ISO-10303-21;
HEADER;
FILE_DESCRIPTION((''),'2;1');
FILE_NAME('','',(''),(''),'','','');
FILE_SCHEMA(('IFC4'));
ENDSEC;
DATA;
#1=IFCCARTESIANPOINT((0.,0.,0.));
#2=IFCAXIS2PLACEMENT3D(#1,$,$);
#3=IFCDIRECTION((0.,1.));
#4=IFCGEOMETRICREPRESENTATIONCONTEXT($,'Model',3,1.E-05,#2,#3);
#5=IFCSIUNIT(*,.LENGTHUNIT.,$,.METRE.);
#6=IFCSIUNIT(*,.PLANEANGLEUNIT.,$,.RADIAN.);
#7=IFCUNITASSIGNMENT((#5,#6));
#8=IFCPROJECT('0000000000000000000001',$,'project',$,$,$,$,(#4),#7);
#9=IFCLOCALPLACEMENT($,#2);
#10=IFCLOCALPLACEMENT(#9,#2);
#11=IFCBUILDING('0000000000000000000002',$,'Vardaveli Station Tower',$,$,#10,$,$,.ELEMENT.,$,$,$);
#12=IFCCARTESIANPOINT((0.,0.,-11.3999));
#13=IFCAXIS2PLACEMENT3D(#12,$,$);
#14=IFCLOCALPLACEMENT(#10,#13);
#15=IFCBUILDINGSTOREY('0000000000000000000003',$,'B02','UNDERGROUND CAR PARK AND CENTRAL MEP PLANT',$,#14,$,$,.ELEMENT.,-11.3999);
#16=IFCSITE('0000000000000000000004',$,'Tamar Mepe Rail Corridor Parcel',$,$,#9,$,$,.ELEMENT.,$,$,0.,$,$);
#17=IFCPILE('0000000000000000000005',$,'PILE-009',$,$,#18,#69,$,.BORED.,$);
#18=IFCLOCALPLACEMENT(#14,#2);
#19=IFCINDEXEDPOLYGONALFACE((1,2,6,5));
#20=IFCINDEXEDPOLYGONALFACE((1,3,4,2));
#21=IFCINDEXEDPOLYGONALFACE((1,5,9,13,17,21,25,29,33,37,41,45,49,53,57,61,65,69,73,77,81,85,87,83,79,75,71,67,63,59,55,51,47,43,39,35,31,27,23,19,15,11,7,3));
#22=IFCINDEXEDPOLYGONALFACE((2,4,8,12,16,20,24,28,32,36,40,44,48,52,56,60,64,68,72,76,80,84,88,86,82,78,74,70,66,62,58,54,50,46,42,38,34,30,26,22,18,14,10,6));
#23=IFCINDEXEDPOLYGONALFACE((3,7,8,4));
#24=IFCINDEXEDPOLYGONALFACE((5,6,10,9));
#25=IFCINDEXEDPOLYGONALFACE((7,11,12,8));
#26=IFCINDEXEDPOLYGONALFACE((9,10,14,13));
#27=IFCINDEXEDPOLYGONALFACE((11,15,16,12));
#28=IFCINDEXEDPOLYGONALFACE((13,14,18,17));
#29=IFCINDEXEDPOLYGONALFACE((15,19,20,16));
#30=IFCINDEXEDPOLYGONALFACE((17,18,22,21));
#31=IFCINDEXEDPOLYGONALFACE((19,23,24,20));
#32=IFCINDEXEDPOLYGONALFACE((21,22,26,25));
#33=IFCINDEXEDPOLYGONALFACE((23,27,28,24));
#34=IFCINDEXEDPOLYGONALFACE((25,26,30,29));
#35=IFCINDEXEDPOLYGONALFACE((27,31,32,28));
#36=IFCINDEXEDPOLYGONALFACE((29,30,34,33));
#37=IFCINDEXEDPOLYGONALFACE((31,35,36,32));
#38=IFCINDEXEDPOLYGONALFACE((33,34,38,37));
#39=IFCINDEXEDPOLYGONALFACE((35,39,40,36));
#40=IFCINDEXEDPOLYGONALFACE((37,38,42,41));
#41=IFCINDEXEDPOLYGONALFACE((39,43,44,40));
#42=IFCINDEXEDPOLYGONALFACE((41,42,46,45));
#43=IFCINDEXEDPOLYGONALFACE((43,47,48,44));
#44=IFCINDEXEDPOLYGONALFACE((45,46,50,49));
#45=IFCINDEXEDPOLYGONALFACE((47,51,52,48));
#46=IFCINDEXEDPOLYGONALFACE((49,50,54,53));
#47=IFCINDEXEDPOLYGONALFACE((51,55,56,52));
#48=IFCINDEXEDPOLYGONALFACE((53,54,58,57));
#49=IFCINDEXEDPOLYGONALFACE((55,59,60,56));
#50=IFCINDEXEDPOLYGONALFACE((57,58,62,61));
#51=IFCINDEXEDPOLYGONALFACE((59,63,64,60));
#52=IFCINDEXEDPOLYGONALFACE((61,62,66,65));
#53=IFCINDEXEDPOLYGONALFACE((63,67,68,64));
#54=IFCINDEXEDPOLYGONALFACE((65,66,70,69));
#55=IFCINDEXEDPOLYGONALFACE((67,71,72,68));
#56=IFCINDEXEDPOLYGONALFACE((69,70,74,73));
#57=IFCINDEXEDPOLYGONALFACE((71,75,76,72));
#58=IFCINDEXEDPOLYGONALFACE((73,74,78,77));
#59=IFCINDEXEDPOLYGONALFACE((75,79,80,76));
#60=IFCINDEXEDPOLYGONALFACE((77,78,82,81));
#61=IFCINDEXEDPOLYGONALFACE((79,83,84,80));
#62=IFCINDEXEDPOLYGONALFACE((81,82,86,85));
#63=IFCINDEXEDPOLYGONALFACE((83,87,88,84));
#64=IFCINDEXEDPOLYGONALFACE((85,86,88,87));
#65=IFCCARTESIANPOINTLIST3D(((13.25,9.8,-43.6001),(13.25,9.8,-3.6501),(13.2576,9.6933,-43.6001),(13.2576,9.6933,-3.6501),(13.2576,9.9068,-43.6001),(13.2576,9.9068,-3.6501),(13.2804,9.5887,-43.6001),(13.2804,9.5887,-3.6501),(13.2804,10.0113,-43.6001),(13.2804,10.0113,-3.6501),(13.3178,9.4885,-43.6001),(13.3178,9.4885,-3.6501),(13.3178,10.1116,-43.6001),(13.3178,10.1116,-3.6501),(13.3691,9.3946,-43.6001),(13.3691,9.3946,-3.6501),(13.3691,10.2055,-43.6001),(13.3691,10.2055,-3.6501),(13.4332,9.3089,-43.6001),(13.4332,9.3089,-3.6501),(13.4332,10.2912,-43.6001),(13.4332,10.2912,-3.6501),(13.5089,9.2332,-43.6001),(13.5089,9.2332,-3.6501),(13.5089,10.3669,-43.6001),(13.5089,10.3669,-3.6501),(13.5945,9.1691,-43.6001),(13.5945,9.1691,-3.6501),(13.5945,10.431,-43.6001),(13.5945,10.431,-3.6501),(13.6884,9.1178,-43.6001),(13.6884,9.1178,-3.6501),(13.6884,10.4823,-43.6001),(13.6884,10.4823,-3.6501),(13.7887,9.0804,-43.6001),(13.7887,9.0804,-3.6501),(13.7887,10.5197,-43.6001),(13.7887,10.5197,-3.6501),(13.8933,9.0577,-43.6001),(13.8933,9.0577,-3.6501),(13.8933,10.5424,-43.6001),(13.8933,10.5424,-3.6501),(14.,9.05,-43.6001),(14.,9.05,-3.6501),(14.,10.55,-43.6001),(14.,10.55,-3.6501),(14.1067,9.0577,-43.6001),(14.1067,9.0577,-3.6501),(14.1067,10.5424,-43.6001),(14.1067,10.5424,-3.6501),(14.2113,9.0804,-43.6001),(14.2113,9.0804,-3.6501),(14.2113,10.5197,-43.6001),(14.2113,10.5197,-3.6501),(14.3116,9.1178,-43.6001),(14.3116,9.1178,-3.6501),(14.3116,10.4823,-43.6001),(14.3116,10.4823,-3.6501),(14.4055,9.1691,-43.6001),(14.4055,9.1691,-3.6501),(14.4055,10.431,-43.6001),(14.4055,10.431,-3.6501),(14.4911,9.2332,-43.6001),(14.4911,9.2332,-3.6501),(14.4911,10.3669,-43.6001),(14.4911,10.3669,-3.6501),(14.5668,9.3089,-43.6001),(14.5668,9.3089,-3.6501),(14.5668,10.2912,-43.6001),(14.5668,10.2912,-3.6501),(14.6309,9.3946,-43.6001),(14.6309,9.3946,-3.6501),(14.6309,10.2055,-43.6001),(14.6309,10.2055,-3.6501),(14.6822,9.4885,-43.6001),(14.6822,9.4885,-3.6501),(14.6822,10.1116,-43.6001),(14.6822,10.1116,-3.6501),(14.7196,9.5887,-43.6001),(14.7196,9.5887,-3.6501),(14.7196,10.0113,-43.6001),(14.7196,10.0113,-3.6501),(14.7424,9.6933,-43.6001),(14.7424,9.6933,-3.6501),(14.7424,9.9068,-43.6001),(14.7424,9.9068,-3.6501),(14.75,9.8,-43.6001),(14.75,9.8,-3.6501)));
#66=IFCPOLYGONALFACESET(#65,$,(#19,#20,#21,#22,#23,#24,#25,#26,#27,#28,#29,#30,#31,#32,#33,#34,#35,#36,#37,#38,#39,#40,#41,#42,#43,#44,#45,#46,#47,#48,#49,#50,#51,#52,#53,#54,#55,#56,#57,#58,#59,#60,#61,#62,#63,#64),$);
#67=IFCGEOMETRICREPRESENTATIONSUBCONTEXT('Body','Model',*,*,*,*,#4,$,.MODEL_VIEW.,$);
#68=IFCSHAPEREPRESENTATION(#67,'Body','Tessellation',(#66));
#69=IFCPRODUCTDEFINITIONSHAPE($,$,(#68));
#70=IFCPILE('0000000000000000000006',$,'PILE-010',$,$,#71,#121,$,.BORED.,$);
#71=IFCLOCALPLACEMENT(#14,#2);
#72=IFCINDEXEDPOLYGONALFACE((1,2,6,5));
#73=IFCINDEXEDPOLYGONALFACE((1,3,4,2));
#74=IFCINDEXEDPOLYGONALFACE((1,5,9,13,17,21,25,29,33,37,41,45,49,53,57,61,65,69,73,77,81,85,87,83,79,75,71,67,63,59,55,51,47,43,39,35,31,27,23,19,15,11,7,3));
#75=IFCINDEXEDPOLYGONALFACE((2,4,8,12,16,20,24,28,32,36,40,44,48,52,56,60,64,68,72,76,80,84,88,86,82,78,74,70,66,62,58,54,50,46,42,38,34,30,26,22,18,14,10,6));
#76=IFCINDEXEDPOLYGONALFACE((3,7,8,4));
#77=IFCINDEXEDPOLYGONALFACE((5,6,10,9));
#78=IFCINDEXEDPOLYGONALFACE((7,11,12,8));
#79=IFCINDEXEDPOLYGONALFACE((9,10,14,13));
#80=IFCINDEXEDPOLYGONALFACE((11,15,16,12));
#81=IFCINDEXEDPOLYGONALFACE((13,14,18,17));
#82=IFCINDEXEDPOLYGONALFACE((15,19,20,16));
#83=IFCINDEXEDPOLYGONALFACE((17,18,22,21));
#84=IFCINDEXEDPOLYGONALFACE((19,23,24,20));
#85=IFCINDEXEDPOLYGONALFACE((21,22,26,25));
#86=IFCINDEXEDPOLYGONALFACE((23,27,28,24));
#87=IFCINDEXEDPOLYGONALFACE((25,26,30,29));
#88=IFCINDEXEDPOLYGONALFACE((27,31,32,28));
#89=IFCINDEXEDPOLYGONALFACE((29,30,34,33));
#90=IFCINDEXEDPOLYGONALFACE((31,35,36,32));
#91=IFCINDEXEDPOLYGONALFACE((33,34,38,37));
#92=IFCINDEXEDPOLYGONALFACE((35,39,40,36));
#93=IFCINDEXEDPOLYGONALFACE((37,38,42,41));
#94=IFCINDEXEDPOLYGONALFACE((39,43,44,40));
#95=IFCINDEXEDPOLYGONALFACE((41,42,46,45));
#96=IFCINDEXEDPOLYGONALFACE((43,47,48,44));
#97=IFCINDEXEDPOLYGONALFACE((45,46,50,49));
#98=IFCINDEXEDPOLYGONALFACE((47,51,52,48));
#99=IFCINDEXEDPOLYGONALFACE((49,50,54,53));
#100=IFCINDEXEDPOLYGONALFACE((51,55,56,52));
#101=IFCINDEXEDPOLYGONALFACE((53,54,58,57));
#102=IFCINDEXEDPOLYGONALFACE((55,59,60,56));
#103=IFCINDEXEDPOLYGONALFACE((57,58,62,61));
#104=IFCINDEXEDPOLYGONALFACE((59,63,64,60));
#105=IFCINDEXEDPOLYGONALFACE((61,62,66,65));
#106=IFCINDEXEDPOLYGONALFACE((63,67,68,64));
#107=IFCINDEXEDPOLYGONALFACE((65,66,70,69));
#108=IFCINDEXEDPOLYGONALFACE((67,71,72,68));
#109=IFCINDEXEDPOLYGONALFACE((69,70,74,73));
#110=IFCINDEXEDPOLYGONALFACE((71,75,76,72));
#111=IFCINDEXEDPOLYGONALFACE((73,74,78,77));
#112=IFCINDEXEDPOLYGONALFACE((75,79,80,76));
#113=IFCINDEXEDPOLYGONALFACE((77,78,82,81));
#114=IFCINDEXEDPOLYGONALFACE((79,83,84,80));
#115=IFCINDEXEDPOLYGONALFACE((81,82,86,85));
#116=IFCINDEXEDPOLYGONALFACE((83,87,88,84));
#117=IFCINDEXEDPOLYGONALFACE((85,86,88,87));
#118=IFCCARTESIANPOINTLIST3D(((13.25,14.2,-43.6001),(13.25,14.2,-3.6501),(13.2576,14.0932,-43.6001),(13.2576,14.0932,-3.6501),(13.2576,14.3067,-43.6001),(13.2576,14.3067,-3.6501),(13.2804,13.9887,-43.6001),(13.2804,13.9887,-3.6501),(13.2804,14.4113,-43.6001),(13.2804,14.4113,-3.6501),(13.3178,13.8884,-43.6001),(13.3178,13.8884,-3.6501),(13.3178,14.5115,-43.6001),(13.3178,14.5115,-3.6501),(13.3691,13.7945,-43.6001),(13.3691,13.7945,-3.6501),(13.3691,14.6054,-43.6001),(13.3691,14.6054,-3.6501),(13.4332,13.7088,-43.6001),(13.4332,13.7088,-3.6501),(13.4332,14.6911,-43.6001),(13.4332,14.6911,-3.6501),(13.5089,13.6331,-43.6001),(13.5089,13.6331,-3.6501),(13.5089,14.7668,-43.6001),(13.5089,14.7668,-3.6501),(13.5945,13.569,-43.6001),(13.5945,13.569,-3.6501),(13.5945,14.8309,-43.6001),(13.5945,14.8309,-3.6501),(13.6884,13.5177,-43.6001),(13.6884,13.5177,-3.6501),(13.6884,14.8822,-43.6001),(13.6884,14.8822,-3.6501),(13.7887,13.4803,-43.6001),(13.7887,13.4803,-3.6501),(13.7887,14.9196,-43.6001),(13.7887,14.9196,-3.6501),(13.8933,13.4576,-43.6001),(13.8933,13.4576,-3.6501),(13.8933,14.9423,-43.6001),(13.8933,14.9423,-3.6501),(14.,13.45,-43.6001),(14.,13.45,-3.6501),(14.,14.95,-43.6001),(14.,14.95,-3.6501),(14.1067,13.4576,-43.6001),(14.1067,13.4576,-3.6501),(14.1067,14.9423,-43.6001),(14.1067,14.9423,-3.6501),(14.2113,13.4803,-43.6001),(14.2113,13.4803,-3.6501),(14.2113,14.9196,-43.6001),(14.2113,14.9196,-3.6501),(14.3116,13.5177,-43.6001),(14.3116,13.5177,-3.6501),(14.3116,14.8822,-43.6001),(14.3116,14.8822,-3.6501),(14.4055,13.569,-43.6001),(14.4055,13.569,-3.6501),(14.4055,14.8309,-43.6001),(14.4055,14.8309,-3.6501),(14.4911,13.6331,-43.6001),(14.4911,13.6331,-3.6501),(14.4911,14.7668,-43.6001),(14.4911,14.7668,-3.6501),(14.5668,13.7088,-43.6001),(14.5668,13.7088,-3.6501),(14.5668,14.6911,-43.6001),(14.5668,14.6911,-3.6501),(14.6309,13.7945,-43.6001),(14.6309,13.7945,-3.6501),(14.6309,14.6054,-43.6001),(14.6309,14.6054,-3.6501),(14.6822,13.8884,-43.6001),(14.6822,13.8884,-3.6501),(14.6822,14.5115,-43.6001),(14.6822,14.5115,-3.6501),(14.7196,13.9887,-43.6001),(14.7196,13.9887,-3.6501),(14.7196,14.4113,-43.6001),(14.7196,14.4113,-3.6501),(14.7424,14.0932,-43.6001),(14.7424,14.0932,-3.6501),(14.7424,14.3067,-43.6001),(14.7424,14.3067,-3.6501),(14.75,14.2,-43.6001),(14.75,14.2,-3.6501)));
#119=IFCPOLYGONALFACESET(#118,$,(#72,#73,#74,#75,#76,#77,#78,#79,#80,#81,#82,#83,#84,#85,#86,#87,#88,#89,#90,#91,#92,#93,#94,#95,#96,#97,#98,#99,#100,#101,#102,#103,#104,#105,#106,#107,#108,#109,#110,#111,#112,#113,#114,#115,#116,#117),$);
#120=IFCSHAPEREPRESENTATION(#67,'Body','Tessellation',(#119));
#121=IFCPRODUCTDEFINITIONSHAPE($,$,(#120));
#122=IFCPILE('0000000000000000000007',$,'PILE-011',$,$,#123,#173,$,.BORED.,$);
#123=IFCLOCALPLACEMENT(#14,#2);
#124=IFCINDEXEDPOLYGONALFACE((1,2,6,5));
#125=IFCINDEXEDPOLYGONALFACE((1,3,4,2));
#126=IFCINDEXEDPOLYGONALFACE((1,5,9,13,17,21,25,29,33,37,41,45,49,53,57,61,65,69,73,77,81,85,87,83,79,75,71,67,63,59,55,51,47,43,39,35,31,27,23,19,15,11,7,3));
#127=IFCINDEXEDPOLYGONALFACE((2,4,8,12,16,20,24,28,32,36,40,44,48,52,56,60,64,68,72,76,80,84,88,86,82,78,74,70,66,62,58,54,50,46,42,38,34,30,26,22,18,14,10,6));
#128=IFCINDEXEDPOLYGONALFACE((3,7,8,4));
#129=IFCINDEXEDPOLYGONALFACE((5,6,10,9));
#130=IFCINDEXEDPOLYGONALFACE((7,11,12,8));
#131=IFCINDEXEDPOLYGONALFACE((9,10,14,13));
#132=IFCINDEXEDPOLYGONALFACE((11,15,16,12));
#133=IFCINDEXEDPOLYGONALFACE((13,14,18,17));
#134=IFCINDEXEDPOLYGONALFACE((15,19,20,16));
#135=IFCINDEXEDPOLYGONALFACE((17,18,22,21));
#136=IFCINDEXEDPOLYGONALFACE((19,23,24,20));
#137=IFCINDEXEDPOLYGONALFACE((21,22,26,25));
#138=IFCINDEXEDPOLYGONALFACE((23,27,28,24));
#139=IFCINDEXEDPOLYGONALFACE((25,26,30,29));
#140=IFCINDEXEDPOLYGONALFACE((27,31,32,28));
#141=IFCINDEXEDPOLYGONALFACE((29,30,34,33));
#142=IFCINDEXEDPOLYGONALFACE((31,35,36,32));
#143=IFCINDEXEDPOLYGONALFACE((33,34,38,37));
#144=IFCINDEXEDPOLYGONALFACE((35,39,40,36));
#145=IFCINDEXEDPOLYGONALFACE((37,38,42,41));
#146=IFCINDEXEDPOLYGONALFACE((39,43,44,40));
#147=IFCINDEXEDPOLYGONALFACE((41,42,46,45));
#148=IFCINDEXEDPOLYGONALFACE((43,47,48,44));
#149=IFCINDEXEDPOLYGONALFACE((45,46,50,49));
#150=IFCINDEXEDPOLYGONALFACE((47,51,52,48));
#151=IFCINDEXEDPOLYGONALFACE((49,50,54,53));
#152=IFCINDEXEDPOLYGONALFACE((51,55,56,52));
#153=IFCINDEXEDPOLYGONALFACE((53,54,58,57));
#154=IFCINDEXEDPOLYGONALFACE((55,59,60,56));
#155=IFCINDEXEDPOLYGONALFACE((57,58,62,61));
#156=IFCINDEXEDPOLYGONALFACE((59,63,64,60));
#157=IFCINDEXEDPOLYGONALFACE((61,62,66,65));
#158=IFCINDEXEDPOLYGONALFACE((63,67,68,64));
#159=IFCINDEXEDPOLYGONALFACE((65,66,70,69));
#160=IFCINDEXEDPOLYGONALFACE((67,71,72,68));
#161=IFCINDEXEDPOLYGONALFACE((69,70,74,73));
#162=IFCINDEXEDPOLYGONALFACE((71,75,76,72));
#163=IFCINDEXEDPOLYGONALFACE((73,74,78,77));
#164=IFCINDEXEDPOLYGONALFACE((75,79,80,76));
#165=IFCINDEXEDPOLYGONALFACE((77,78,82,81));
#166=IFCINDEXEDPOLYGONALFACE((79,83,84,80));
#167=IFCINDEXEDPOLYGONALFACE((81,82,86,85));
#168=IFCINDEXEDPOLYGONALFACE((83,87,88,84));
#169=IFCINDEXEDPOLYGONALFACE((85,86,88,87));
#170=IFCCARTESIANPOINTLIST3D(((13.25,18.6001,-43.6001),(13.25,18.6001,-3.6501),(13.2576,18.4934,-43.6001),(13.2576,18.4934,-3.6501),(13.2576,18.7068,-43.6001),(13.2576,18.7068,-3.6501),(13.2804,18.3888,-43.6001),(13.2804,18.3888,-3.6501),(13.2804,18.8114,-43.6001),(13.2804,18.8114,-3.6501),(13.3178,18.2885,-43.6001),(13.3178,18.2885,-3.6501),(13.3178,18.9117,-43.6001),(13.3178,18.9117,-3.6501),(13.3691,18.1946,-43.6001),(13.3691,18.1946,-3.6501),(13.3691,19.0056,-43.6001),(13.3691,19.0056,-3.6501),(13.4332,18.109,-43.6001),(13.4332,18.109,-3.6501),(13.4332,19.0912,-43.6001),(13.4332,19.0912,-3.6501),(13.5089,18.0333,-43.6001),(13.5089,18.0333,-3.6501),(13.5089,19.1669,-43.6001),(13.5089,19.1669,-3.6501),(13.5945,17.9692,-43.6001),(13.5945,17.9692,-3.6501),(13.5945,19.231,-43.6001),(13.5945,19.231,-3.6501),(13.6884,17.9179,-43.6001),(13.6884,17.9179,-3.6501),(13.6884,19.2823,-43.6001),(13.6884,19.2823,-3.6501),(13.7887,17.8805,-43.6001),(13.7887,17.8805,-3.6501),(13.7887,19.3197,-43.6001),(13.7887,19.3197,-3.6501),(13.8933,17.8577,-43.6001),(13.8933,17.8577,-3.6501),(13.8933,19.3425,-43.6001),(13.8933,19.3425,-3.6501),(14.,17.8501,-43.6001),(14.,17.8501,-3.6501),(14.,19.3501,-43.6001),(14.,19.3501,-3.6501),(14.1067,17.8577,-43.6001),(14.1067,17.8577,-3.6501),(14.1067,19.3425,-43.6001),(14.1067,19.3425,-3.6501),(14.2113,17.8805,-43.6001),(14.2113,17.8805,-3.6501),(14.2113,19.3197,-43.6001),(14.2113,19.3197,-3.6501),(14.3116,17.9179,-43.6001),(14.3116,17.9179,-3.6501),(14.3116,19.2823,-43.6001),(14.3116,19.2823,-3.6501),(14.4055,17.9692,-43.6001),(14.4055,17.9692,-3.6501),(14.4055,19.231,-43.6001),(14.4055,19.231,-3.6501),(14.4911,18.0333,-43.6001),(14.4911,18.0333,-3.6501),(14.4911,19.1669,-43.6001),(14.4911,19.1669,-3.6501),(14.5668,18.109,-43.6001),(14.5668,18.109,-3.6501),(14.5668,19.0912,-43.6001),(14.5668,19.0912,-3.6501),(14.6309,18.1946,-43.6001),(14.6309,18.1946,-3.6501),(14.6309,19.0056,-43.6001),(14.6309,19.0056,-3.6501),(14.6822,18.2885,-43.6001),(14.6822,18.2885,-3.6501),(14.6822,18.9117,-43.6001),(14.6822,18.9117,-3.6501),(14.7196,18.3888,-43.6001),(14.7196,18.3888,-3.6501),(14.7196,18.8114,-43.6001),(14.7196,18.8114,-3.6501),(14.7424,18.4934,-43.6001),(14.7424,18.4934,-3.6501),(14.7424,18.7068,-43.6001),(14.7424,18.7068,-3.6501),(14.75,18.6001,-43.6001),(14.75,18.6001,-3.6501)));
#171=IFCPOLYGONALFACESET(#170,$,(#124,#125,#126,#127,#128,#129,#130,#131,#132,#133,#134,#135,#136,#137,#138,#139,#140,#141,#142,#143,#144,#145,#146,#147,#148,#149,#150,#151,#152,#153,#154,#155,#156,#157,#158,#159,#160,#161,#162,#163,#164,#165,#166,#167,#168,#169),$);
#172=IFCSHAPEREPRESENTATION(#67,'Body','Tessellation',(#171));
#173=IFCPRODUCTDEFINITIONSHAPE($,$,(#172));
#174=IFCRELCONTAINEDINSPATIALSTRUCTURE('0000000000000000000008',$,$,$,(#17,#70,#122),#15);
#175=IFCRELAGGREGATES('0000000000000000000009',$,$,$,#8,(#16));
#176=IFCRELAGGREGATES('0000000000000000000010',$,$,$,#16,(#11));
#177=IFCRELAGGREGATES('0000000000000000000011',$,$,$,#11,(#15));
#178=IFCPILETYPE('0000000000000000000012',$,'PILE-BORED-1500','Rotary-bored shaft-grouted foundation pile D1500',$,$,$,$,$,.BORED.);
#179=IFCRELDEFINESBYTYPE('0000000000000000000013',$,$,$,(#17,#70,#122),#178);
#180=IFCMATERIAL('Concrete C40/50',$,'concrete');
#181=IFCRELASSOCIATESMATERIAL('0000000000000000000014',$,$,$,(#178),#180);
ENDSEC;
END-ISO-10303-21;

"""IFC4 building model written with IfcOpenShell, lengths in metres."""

from ifc_helpers import new_model, si_unit, direction, frame, origin, origin_2d, place, context, subcontext, project, spatial, circle, extrude, source, transform, mapped, material, material_profile, profile_set, type_object, element, save


model = new_model("IFC4")

# Units and contexts
model_context = context("Model", 3, precision=1e-05, world=origin(), true_north=direction((0.0, 1.0)))
body_context = subcontext(model_context, "Body", "Model", "MODEL_VIEW")
ifc_project = project(units=[si_unit("LENGTHUNIT", "METRE"), si_unit("PLANEANGLEUNIT", "RADIAN")], contexts=[model_context])

# Site, building, storey
site_placement = place(None, origin())
site = spatial("IfcSite", under=ifc_project, at=site_placement, Name="Tamar Mepe Rail Corridor Parcel", CompositionType="ELEMENT", RefElevation=0.0)
building_placement = place(site_placement, origin())
building = spatial("IfcBuilding", under=site, at=building_placement, Name="Vardaveli Station Tower", CompositionType="ELEMENT")
storey_placement = place(building_placement, frame((0.0, 0.0, -11.3999)))
storey = spatial("IfcBuildingStorey", under=building, at=storey_placement, Name="B02", Description="UNDERGROUND CAR PARK AND CENTRAL MEP PLANT", CompositionType="ELEMENT", Elevation=-11.3999)

# Piles
ifc_material_1 = material(Name="Concrete C40/50", Category="concrete")
ifc_material_profile_1 = material_profile(ifc_material_1, circle(Radius=0.75, at=origin_2d()), Name="PILE D1500")
ifc_profile_set_1 = profile_set([ifc_material_profile_1], Name="Concrete C40/50")
pile_type_1 = type_object("IfcPileType", Name="PILE-BORED-1500", Description="Rotary-bored shaft-grouted foundation pile D1500", PredefinedType="BORED", material=ifc_profile_set_1)
shared_shape_1 = source(origin(), body_context, "Body", "SweptSolid", [
    extrude(circle(Radius=0.75, at=origin_2d()), origin(), (0.0, 0.0, 1.0), 39.95),
])
for number, where, z_axis, x_axis, name in (
    (1, (14.0, 9.8, -3.6501), (0.0, 0.0, -1.0), (1.0, 0.0, 0.0), "PILE-009"),
    (2, (14.0, 14.2, -3.6501), (0.0, 0.0, -1.0), (1.0, 0.0, 0.0), "PILE-010"),
    (3, (14.0, 18.6001, -3.6501), (0.0, 0.0, -1.0), (1.0, 0.0, 0.0), "PILE-011"),
):
    element("IfcPile", number, at=place(storey_placement, frame(where, z_axis=z_axis, x_axis=x_axis)), inside=storey, type_object=pile_type_1, Name=name, PredefinedType="BORED", context=body_context, shape_type="MappedRepresentation", body=[
        mapped(shared_shape_1, transform((0.0, 0.0, 0.0), scale=1.0)),
    ])

save(model, "model.ifc")
